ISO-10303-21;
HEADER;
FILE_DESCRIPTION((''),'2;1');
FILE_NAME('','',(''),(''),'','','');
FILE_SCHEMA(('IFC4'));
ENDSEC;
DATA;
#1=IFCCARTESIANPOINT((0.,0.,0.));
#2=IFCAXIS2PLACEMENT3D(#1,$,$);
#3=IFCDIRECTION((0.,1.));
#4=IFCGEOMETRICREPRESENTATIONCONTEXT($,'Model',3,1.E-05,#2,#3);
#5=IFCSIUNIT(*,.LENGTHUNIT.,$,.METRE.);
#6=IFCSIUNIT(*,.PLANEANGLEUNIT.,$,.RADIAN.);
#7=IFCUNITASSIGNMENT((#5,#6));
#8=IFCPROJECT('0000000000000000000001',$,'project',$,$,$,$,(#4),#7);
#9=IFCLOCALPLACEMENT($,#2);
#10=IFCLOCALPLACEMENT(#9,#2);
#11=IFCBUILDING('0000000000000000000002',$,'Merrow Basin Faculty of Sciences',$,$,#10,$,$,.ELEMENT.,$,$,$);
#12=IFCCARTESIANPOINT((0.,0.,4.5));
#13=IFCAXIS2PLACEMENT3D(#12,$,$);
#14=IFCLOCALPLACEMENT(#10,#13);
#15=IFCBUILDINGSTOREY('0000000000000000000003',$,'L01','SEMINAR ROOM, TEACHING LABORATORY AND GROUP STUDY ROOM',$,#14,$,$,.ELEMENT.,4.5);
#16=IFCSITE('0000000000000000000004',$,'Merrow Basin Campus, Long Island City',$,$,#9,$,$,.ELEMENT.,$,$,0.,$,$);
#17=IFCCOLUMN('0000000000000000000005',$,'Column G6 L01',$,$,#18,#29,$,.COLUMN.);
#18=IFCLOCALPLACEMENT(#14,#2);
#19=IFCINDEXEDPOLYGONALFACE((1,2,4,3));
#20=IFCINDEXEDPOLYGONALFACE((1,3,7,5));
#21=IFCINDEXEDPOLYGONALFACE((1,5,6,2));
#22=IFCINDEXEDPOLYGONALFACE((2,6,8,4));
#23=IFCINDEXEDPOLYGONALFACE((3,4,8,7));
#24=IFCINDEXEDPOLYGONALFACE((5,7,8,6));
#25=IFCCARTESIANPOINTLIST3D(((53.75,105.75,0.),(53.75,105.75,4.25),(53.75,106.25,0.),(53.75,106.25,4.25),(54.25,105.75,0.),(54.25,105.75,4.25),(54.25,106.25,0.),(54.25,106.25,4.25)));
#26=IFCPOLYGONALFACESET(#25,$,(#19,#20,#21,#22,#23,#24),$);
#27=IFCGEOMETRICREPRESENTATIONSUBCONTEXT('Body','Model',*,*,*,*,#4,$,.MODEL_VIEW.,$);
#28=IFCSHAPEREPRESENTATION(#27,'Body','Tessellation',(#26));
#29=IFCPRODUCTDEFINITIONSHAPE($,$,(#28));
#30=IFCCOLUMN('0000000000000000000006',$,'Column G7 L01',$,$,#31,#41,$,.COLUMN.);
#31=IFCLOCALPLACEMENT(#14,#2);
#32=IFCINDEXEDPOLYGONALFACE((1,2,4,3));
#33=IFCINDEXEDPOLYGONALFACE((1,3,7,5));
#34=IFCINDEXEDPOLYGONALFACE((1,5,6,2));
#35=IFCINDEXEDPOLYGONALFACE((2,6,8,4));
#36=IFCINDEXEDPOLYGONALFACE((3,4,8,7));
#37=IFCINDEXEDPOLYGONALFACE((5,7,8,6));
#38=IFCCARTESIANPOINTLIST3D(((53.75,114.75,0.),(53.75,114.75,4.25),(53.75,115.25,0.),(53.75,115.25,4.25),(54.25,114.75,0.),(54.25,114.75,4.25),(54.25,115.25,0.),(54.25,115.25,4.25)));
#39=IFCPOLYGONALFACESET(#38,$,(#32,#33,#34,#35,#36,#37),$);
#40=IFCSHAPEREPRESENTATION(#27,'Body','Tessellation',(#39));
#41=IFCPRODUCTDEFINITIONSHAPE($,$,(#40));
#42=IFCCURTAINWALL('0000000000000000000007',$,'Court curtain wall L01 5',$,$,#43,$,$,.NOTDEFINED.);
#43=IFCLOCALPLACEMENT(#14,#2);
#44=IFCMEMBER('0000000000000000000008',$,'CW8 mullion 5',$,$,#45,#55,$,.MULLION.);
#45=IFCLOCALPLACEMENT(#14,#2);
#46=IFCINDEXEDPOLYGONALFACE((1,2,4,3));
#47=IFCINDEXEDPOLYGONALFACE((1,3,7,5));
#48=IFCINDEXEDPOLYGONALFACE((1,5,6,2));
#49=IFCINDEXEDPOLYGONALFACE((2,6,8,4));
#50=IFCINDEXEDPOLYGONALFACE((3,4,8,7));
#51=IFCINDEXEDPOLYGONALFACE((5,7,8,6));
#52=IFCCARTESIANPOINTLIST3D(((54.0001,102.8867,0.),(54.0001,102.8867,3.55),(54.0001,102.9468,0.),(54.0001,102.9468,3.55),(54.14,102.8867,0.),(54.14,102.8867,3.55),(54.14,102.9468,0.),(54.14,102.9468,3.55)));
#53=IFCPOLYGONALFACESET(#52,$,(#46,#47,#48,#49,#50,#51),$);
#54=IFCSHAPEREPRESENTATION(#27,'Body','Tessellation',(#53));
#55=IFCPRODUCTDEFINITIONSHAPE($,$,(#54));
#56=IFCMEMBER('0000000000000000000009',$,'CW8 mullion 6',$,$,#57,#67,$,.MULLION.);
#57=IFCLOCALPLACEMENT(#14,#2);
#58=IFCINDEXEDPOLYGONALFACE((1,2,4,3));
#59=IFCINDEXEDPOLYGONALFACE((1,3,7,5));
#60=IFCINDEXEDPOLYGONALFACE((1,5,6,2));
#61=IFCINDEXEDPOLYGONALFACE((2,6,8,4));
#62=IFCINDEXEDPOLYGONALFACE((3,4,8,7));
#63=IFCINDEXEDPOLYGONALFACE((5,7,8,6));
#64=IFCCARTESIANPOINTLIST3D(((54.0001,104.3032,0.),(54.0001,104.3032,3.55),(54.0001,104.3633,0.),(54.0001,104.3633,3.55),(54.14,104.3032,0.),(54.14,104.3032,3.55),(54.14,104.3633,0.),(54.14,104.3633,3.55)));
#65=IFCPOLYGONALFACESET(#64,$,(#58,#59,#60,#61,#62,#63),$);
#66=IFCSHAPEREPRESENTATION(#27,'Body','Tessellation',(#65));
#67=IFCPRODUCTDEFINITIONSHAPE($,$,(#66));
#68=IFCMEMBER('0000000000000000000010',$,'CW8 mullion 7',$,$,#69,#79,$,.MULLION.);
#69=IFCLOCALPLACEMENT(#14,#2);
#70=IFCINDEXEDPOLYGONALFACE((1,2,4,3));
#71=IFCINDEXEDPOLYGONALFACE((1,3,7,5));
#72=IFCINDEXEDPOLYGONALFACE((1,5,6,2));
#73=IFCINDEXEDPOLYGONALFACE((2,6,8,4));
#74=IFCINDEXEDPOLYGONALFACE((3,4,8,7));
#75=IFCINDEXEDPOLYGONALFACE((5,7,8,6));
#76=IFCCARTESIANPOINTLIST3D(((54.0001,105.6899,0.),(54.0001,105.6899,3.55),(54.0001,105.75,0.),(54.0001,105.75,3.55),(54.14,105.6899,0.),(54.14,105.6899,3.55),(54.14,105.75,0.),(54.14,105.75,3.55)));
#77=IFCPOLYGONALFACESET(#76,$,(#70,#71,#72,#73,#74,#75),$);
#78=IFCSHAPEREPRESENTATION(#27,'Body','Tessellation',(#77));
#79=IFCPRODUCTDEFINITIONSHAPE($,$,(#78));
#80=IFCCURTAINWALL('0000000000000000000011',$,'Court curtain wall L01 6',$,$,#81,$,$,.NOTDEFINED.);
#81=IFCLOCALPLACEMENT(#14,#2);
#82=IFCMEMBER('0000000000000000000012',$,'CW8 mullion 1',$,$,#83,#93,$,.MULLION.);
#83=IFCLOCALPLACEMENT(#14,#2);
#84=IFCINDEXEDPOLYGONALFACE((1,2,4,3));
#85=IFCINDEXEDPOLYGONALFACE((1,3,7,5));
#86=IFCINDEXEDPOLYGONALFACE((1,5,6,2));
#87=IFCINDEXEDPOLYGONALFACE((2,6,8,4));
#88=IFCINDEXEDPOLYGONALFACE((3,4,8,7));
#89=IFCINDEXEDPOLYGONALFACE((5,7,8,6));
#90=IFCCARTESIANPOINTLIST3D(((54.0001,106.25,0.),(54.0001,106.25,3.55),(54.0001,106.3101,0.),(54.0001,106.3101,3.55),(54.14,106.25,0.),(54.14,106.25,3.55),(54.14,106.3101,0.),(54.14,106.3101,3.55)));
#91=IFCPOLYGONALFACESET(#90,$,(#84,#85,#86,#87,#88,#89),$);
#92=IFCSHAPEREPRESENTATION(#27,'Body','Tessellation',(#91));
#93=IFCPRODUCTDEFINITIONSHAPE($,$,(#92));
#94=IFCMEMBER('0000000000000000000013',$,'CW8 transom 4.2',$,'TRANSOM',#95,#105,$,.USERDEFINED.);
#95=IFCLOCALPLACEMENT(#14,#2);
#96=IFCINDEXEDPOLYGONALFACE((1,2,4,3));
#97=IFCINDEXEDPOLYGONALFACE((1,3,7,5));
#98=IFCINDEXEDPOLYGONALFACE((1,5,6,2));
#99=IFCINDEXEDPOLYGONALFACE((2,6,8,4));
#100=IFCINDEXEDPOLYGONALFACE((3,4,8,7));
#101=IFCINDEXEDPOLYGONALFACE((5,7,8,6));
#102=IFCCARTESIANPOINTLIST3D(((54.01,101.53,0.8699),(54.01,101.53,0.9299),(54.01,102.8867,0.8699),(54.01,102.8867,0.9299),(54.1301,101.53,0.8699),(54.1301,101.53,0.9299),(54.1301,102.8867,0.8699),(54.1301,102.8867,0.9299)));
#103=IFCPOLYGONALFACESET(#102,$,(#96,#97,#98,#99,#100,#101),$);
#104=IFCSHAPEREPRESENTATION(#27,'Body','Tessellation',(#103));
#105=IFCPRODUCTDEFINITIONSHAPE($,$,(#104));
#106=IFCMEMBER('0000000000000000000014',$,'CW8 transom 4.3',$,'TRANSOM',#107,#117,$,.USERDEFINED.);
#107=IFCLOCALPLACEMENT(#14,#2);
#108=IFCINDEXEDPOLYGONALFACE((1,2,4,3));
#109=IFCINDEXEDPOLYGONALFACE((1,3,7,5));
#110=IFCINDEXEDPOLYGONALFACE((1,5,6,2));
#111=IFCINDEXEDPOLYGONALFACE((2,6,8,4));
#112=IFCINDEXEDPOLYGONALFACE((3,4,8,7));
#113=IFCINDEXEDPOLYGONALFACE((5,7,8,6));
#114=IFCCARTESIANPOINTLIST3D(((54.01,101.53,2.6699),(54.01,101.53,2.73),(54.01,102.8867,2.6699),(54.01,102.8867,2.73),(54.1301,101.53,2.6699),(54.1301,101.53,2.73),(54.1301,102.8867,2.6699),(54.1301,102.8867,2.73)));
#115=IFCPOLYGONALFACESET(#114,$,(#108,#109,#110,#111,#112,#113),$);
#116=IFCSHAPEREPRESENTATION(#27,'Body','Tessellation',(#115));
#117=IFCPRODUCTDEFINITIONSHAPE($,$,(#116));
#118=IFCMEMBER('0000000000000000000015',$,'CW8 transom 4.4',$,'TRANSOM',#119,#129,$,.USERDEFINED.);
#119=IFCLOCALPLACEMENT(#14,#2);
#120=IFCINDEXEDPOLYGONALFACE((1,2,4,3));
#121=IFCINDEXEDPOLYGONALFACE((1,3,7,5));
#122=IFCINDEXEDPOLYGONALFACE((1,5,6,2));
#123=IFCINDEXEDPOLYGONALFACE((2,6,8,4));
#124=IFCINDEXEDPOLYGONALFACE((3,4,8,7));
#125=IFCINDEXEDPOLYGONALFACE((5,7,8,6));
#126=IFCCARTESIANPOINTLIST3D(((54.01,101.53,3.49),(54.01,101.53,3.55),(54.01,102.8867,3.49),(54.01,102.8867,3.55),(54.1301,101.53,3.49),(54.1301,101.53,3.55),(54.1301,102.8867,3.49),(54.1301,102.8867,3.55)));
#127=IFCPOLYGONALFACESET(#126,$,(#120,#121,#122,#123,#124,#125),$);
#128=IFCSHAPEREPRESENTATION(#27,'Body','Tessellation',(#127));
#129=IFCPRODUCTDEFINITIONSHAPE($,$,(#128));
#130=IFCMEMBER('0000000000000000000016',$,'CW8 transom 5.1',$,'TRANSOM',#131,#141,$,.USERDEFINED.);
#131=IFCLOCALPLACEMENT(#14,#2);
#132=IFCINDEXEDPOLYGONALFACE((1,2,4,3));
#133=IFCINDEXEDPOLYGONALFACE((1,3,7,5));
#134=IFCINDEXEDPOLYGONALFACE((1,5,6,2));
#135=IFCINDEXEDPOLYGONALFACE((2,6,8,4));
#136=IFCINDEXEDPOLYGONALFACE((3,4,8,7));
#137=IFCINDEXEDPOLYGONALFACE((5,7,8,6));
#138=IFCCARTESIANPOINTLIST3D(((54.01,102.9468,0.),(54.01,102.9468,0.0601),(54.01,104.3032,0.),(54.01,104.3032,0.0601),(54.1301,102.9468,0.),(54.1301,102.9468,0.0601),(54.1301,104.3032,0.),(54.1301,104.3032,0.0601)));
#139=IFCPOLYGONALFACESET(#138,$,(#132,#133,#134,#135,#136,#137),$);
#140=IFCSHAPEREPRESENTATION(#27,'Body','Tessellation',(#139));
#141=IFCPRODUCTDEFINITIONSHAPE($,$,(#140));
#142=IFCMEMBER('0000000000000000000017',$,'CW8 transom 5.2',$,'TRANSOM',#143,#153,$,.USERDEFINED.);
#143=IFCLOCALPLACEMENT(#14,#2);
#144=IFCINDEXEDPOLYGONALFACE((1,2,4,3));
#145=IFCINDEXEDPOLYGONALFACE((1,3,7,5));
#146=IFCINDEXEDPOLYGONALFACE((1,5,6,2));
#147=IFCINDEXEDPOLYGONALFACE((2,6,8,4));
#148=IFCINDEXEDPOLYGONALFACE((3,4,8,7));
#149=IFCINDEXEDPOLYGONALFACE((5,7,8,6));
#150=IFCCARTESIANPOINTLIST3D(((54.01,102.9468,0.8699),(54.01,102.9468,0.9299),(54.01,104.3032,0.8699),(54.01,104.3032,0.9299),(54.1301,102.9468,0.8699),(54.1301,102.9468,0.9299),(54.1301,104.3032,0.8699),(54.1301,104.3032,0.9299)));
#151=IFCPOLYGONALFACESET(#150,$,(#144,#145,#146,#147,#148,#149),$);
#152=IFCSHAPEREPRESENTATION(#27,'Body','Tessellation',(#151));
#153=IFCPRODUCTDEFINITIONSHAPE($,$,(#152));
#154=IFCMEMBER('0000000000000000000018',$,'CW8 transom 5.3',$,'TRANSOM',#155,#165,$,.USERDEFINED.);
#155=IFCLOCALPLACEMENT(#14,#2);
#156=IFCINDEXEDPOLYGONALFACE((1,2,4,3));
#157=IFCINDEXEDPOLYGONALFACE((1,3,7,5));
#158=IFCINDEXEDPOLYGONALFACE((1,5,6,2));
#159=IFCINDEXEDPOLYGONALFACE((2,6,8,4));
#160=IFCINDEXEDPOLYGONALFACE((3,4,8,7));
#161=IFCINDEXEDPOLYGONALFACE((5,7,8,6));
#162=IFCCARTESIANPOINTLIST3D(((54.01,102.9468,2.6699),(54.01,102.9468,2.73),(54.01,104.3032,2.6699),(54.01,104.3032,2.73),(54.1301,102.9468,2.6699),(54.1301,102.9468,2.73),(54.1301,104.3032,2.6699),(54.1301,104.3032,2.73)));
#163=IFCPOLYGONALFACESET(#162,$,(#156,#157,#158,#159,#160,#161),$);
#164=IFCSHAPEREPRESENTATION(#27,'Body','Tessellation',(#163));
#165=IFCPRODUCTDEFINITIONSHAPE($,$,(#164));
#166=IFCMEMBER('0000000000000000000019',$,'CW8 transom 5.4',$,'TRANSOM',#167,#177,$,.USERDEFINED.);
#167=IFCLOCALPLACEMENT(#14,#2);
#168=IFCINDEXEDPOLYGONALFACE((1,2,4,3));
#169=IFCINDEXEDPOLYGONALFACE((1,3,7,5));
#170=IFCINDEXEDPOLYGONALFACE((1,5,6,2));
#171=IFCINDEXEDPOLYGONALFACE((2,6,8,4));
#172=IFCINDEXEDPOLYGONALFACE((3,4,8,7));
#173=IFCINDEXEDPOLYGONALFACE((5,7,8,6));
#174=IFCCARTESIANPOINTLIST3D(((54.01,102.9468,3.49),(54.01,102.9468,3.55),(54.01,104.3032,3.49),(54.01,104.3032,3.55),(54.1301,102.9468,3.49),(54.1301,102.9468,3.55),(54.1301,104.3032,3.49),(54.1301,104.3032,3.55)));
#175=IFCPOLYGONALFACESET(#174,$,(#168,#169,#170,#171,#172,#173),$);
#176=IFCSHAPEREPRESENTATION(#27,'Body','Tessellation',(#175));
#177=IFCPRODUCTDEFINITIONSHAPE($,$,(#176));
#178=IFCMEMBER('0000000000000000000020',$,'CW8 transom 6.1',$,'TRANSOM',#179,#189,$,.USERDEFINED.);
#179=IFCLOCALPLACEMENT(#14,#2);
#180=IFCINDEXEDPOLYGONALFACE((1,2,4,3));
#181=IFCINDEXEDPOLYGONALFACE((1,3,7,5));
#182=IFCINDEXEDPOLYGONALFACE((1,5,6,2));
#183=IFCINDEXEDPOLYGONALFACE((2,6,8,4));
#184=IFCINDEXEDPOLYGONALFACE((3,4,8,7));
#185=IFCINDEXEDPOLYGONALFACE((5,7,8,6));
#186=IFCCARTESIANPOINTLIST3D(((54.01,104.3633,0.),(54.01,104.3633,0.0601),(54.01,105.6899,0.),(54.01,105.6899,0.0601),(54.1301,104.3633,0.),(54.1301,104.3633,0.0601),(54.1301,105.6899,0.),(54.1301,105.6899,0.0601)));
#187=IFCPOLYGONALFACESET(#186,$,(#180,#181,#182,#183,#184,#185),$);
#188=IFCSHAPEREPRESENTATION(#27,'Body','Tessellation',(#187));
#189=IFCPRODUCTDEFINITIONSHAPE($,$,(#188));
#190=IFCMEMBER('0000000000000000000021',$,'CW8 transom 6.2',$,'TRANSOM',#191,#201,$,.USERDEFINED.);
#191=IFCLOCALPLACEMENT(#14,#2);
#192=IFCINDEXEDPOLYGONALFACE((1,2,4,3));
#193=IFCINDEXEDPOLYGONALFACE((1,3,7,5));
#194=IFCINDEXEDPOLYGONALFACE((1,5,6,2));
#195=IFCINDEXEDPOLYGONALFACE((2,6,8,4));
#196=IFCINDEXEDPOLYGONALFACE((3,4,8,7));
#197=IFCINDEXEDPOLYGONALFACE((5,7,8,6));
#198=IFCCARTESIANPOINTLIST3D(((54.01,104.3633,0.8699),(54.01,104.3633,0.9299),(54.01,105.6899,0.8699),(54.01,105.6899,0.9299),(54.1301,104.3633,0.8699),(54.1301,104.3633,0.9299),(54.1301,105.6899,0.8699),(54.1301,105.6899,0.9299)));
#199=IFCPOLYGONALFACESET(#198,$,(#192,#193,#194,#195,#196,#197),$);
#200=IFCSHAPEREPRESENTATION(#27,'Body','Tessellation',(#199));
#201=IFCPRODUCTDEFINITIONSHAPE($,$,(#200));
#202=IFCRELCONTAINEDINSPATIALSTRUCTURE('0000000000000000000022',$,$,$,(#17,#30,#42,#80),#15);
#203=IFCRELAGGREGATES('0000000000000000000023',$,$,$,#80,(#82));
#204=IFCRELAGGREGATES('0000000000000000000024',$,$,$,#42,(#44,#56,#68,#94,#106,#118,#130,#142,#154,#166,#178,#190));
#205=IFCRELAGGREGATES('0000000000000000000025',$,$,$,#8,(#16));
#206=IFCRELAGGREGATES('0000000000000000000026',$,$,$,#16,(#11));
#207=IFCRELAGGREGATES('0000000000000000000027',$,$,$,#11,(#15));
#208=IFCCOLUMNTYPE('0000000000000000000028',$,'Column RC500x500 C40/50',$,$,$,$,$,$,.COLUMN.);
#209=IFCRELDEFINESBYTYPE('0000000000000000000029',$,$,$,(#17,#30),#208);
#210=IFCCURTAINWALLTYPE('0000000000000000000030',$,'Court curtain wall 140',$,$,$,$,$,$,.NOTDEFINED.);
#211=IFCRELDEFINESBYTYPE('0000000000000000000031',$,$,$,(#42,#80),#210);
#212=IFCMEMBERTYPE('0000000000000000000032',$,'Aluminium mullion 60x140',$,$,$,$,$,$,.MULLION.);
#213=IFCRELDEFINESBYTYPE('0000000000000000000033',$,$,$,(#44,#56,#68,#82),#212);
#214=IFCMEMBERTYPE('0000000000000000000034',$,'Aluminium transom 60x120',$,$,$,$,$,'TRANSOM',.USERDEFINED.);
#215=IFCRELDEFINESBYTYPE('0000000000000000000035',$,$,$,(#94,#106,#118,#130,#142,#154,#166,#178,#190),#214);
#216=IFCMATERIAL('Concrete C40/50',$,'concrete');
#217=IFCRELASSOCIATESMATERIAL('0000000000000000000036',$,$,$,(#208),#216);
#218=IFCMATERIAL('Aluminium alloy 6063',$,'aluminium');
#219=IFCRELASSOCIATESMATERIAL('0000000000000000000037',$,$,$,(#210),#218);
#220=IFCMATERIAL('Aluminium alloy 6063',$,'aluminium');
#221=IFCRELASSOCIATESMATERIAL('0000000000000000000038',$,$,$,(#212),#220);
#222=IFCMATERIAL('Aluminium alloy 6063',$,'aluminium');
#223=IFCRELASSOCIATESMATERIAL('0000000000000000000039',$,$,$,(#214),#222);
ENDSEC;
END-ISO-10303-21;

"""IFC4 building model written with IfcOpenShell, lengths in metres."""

from ifc_helpers import new_model, si_unit, direction, frame, origin, origin_2d, place, context, subcontext, project, spatial, rectangle, extrude, material, material_profile, profile_set, type_object, element, aggregate, save


model = new_model("IFC4")

# Units and contexts
model_context = context("Model", 3, precision=1e-05, world=origin(), true_north=direction((0.0, 1.0)))
body_context = subcontext(model_context, "Body", "Model", "MODEL_VIEW")
ifc_project = project(units=[si_unit("LENGTHUNIT", "METRE"), si_unit("PLANEANGLEUNIT", "RADIAN")], contexts=[model_context])

# Site, building, storey
site_placement = place(None, origin())
site = spatial("IfcSite", under=ifc_project, at=site_placement, Name="Merrow Basin Campus, Long Island City", CompositionType="ELEMENT", RefElevation=0.0)
building_placement = place(site_placement, origin())
building = spatial("IfcBuilding", under=site, at=building_placement, Name="Merrow Basin Faculty of Sciences", CompositionType="ELEMENT")
storey_placement = place(building_placement, frame((0.0, 0.0, 4.5)))
storey = spatial("IfcBuildingStorey", under=building, at=storey_placement, Name="L01", Description="SEMINAR ROOM, TEACHING LABORATORY AND GROUP STUDY ROOM", CompositionType="ELEMENT", Elevation=4.5)

# Columns
ifc_material_1 = material(Name="Concrete C40/50", Category="concrete")
ifc_material_profile_1 = material_profile(ifc_material_1, rectangle(XDim=0.5, YDim=0.5, at=origin_2d()))
ifc_profile_set_1 = profile_set([ifc_material_profile_1], Name="Concrete C40/50")
column_type = type_object("IfcColumnType", Name="Column RC500x500 C40/50", PredefinedType="COLUMN", material=ifc_profile_set_1)
for number, where, z_axis, x_axis, name in (
    (1, (54.0, 106.0, 0.0), (0.0, 0.0, 1.0), (1.0, 0.0, 0.0), "Column G6 L01"),
    (2, (54.0, 115.0, 0.0), (0.0, 0.0, 1.0), (1.0, 0.0, 0.0), "Column G7 L01"),
):
    element("IfcColumn", number, at=place(storey_placement, frame(where, z_axis=z_axis, x_axis=x_axis)), inside=storey, type_object=column_type, Name=name, PredefinedType="COLUMN", context=body_context, shape_type="SweptSolid", body=[
        extrude(rectangle(XDim=0.5, YDim=0.5, at=origin_2d()), origin(), (0.0, 0.0, 1.0), 4.25),
    ])

# Curtain wall, members
ifc_material_2 = material(Name="Aluminium alloy 6063", Category="aluminium")
curtain_wall_type = type_object("IfcCurtainWallType", Name="Court curtain wall 140", PredefinedType="NOTDEFINED", material=ifc_material_2)
curtain_wall_1_placement = place(storey_placement, origin())
curtain_wall_1 = element("IfcCurtainWall", 3, at=curtain_wall_1_placement, inside=storey, type_object=curtain_wall_type, Name="Court curtain wall L01 5", PredefinedType="NOTDEFINED")
ifc_material_3 = material(Name="Aluminium alloy 6063", Category="aluminium")
ifc_material_profile_2 = material_profile(ifc_material_3, rectangle(XDim=0.1399, YDim=0.0601, at=origin_2d()))
ifc_profile_set_2 = profile_set([ifc_material_profile_2], Name="Aluminium alloy 6063")
member_type_1 = type_object("IfcMemberType", Name="Aluminium mullion 60x140", PredefinedType="MULLION", material=ifc_profile_set_2)
member_1_placement = place(storey_placement, frame((54.0701, 102.9167, 0.0), z_axis=(0.0, 0.0, 1.0), x_axis=(-1.0, 0.0, 0.0)))
member_1 = element("IfcMember", 4, at=member_1_placement, type_object=member_type_1, Name="CW8 mullion 5", PredefinedType="MULLION", context=body_context, shape_type="SweptSolid", body=[
    extrude(rectangle(XDim=0.1399, YDim=0.0601, at=origin_2d()), origin(), (0.0, 0.0, 1.0), 3.55),
])
member_2_placement = place(storey_placement, frame((54.0701, 104.3333, 0.0), z_axis=(0.0, 0.0, 1.0), x_axis=(-1.0, 0.0, 0.0)))
member_2 = element("IfcMember", 5, at=member_2_placement, type_object=member_type_1, Name="CW8 mullion 6", PredefinedType="MULLION", context=body_context, shape_type="SweptSolid", body=[
    extrude(rectangle(XDim=0.1399, YDim=0.0601, at=origin_2d()), origin(), (0.0, 0.0, 1.0), 3.55),
])
member_3_placement = place(storey_placement, frame((54.0701, 105.72, 0.0), z_axis=(0.0, 0.0, 1.0), x_axis=(-1.0, 0.0, 0.0)))
member_3 = element("IfcMember", 6, at=member_3_placement, type_object=member_type_1, Name="CW8 mullion 7", PredefinedType="MULLION", context=body_context, shape_type="SweptSolid", body=[
    extrude(rectangle(XDim=0.1399, YDim=0.0601, at=origin_2d()), origin(), (0.0, 0.0, 1.0), 3.55),
])

# Curtain wall, member
curtain_wall_2_placement = place(storey_placement, origin())
curtain_wall_2 = element("IfcCurtainWall", 7, at=curtain_wall_2_placement, inside=storey, type_object=curtain_wall_type, Name="Court curtain wall L01 6", PredefinedType="NOTDEFINED")
member_4_placement = place(storey_placement, frame((54.0701, 106.28, 0.0), z_axis=(0.0, 0.0, 1.0), x_axis=(-1.0, 0.0, 0.0)))
member_4 = element("IfcMember", 8, at=member_4_placement, type_object=member_type_1, Name="CW8 mullion 1", PredefinedType="MULLION", context=body_context, shape_type="SweptSolid", body=[
    extrude(rectangle(XDim=0.1399, YDim=0.0601, at=origin_2d()), origin(), (0.0, 0.0, 1.0), 3.55),
])
aggregate(curtain_wall_2, [member_4])

# Members
ifc_material_4 = material(Name="Aluminium alloy 6063", Category="aluminium")
ifc_material_profile_3 = material_profile(ifc_material_4, rectangle(XDim=0.1201, YDim=0.0601, at=origin_2d()))
ifc_profile_set_3 = profile_set([ifc_material_profile_3], Name="Aluminium alloy 6063")
member_type_2 = type_object("IfcMemberType", Name="Aluminium transom 60x120", ElementType="TRANSOM", PredefinedType="USERDEFINED", material=ifc_profile_set_3)
member_5_placement = place(storey_placement, frame((54.0701, 101.53, 0.8999), z_axis=(0.0, 1.0, 0.0), x_axis=(-1.0, 0.0, 0.0)))
member_5 = element("IfcMember", 9, at=member_5_placement, type_object=member_type_2, Name="CW8 transom 4.2", ObjectType="TRANSOM", PredefinedType="USERDEFINED", context=body_context, shape_type="SweptSolid", body=[
    extrude(rectangle(XDim=0.1201, YDim=0.0601, at=origin_2d()), origin(), (0.0, 0.0, 1.0), 1.3567),
])
member_6_placement = place(storey_placement, frame((54.0701, 101.53, 2.7), z_axis=(0.0, 1.0, 0.0), x_axis=(-1.0, 0.0, 0.0)))
member_6 = element("IfcMember", 10, at=member_6_placement, type_object=member_type_2, Name="CW8 transom 4.3", ObjectType="TRANSOM", PredefinedType="USERDEFINED", context=body_context, shape_type="SweptSolid", body=[
    extrude(rectangle(XDim=0.1201, YDim=0.0601, at=origin_2d()), origin(), (0.0, 0.0, 1.0), 1.3567),
])
member_7_placement = place(storey_placement, frame((54.0701, 101.53, 3.52), z_axis=(0.0, 1.0, 0.0), x_axis=(-1.0, 0.0, 0.0)))
member_7 = element("IfcMember", 11, at=member_7_placement, type_object=member_type_2, Name="CW8 transom 4.4", ObjectType="TRANSOM", PredefinedType="USERDEFINED", context=body_context, shape_type="SweptSolid", body=[
    extrude(rectangle(XDim=0.1201, YDim=0.0601, at=origin_2d()), origin(), (0.0, 0.0, 1.0), 1.3567),
])
member_8_placement = place(storey_placement, frame((54.0701, 102.9468, 0.03), z_axis=(0.0, 1.0, 0.0), x_axis=(-1.0, 0.0, 0.0)))
member_8 = element("IfcMember", 12, at=member_8_placement, type_object=member_type_2, Name="CW8 transom 5.1", ObjectType="TRANSOM", PredefinedType="USERDEFINED", context=body_context, shape_type="SweptSolid", body=[
    extrude(rectangle(XDim=0.1201, YDim=0.0601, at=origin_2d()), origin(), (0.0, 0.0, 1.0), 1.3564),
])
member_9_placement = place(storey_placement, frame((54.0701, 102.9468, 0.8999), z_axis=(0.0, 1.0, 0.0), x_axis=(-1.0, 0.0, 0.0)))
member_9 = element("IfcMember", 13, at=member_9_placement, type_object=member_type_2, Name="CW8 transom 5.2", ObjectType="TRANSOM", PredefinedType="USERDEFINED", context=body_context, shape_type="SweptSolid", body=[
    extrude(rectangle(XDim=0.1201, YDim=0.0601, at=origin_2d()), origin(), (0.0, 0.0, 1.0), 1.3564),
])
member_10_placement = place(storey_placement, frame((54.0701, 102.9468, 2.7), z_axis=(0.0, 1.0, 0.0), x_axis=(-1.0, 0.0, 0.0)))
member_10 = element("IfcMember", 14, at=member_10_placement, type_object=member_type_2, Name="CW8 transom 5.3", ObjectType="TRANSOM", PredefinedType="USERDEFINED", context=body_context, shape_type="SweptSolid", body=[
    extrude(rectangle(XDim=0.1201, YDim=0.0601, at=origin_2d()), origin(), (0.0, 0.0, 1.0), 1.3564),
])
member_11_placement = place(storey_placement, frame((54.0701, 102.9468, 3.52), z_axis=(0.0, 1.0, 0.0), x_axis=(-1.0, 0.0, 0.0)))
member_11 = element("IfcMember", 15, at=member_11_placement, type_object=member_type_2, Name="CW8 transom 5.4", ObjectType="TRANSOM", PredefinedType="USERDEFINED", context=body_context, shape_type="SweptSolid", body=[
    extrude(rectangle(XDim=0.1201, YDim=0.0601, at=origin_2d()), origin(), (0.0, 0.0, 1.0), 1.3564),
])
member_12_placement = place(storey_placement, frame((54.0701, 104.3633, 0.03), z_axis=(0.0, 1.0, 0.0), x_axis=(-1.0, 0.0, 0.0)))
member_12 = element("IfcMember", 16, at=member_12_placement, type_object=member_type_2, Name="CW8 transom 6.1", ObjectType="TRANSOM", PredefinedType="USERDEFINED", context=body_context, shape_type="SweptSolid", body=[
    extrude(rectangle(XDim=0.1201, YDim=0.0601, at=origin_2d()), origin(), (0.0, 0.0, 1.0), 1.3267),
])
member_13_placement = place(storey_placement, frame((54.0701, 104.3633, 0.8999), z_axis=(0.0, 1.0, 0.0), x_axis=(-1.0, 0.0, 0.0)))
member_13 = element("IfcMember", 17, at=member_13_placement, type_object=member_type_2, Name="CW8 transom 6.2", ObjectType="TRANSOM", PredefinedType="USERDEFINED", context=body_context, shape_type="SweptSolid", body=[
    extrude(rectangle(XDim=0.1201, YDim=0.0601, at=origin_2d()), origin(), (0.0, 0.0, 1.0), 1.3267),
])

aggregate(curtain_wall_1, [member_1, member_2, member_3, member_5, member_6, member_7, member_8, member_9, member_10, member_11, member_12, member_13])

save(model, "model.ifc")
